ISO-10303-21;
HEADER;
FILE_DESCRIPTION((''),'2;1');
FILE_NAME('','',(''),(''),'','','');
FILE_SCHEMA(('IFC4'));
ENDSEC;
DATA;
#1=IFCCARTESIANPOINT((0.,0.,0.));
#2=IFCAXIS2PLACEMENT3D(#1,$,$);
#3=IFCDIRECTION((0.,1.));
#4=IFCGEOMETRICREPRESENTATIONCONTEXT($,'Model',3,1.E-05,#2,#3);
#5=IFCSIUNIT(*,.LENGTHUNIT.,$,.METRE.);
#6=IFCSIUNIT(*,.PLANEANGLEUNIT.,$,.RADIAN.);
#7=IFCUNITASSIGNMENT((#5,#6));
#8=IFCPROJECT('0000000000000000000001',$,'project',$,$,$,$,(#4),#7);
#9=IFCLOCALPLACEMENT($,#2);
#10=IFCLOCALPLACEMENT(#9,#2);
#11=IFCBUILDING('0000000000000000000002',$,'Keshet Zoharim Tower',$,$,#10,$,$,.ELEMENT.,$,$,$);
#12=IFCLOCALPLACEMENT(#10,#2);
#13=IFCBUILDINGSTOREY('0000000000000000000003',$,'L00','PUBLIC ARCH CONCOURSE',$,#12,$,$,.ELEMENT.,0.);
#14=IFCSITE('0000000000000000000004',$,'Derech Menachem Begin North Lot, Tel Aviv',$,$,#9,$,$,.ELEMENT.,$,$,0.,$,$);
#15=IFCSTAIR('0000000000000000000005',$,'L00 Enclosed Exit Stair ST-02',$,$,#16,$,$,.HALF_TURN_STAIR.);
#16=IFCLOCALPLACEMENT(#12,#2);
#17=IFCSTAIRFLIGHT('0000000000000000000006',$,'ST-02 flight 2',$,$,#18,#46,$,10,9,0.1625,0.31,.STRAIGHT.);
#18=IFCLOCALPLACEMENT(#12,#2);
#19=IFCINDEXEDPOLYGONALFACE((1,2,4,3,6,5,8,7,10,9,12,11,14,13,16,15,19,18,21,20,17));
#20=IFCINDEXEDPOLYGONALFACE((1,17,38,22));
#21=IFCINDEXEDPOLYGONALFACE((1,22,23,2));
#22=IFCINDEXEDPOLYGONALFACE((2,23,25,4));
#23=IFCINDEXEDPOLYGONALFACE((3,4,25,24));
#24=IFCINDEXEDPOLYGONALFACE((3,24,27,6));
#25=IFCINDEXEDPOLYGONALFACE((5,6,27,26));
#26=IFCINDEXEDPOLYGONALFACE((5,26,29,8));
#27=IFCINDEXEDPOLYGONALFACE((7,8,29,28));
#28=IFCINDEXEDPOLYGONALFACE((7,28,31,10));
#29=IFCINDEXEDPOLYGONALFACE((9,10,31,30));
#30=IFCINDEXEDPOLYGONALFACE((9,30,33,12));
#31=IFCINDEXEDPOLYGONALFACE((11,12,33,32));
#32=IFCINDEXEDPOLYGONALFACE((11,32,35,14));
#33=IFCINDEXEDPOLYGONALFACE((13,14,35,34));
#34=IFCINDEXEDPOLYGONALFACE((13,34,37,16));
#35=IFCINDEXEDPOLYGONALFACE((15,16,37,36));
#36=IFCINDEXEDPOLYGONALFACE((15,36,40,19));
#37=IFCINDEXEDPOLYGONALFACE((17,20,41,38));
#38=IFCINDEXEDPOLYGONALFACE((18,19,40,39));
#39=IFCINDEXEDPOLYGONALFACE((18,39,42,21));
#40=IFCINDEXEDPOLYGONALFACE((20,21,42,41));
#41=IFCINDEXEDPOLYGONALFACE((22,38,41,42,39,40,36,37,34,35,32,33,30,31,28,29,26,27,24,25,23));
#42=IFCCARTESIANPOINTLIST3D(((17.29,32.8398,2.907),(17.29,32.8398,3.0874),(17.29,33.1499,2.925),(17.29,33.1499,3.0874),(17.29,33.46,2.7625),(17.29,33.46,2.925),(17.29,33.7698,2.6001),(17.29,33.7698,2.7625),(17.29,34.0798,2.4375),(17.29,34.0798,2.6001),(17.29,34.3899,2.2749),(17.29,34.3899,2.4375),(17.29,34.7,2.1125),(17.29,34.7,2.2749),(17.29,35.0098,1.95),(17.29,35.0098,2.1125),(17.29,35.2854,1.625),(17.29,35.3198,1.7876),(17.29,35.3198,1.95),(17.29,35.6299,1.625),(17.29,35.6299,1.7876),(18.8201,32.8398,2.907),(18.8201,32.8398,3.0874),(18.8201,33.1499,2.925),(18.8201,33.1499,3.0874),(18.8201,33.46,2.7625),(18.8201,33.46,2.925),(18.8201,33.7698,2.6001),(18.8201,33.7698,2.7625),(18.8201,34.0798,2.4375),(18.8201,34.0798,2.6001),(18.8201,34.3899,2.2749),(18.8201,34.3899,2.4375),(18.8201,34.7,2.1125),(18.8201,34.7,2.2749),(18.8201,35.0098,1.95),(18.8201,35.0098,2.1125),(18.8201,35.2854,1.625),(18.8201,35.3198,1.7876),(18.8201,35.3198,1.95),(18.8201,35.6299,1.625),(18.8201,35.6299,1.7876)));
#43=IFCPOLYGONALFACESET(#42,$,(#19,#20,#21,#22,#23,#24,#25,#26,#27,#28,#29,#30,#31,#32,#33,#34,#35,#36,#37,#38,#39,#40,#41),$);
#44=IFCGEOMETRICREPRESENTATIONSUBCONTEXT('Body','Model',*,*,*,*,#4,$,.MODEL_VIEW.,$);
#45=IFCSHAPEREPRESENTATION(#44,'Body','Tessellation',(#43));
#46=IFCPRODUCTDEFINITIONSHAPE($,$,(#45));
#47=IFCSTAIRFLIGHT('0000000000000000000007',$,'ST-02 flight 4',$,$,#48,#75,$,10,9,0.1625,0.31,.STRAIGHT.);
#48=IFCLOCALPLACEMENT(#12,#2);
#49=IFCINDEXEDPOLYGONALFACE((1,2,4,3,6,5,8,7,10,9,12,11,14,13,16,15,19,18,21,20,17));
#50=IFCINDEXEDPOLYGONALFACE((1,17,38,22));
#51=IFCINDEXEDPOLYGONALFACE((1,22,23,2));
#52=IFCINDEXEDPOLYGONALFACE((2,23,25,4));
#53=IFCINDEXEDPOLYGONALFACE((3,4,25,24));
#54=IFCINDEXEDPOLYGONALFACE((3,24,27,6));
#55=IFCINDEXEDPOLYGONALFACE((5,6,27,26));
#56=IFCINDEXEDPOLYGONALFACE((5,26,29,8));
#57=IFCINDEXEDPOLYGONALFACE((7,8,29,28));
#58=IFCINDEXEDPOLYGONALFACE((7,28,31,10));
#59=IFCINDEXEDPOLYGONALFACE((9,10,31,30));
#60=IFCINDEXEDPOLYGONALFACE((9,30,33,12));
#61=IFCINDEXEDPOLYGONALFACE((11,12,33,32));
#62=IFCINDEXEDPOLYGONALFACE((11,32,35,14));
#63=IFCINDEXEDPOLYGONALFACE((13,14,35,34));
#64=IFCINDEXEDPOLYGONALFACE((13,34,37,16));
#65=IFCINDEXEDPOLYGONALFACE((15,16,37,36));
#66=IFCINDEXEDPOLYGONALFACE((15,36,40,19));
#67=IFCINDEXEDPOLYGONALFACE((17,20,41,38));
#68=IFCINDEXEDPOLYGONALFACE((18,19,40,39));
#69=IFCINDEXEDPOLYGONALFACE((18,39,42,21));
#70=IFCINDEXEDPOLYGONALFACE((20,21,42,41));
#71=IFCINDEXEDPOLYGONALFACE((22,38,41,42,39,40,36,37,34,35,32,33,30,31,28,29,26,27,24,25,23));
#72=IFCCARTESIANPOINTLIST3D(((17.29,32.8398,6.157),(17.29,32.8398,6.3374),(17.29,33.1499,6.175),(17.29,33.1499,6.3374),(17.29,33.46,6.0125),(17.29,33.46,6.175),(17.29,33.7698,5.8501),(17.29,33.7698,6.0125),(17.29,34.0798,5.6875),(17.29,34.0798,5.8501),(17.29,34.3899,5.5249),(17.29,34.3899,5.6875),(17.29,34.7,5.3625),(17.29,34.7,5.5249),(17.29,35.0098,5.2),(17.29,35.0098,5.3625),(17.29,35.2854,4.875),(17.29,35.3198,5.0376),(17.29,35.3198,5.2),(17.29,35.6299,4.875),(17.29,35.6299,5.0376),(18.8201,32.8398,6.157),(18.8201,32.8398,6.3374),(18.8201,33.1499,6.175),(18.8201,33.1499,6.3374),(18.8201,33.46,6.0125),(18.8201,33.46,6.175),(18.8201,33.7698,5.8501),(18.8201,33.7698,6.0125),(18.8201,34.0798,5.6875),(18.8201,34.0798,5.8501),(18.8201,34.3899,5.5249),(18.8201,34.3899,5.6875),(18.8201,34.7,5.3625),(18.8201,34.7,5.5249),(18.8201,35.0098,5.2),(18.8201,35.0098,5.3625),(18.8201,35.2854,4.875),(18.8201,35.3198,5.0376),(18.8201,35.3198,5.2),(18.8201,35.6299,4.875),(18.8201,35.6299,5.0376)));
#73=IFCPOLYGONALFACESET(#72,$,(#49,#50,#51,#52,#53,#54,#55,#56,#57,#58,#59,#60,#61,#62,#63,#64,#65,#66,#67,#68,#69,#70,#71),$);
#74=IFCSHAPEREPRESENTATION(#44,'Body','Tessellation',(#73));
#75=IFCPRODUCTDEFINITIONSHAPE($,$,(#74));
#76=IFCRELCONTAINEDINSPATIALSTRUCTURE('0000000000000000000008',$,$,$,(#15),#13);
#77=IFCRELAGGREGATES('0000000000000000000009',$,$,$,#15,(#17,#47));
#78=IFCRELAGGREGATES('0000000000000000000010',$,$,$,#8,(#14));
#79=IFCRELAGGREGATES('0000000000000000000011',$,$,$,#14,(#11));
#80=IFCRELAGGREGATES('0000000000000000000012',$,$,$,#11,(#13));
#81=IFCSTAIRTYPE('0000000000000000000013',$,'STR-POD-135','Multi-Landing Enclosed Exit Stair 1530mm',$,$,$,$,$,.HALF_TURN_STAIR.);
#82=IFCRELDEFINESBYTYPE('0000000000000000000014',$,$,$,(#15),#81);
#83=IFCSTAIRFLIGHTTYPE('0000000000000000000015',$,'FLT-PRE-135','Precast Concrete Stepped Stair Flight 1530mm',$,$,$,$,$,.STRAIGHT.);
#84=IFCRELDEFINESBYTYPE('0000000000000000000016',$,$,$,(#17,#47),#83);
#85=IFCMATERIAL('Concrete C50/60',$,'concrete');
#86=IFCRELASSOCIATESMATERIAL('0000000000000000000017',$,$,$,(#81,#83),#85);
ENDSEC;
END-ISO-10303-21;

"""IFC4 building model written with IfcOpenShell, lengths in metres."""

from ifc_helpers import new_model, si_unit, direction, frame, origin, place, context, subcontext, project, spatial, polyline, outline, extrude, material, type_object, element, aggregate, save


model = new_model("IFC4")

# Units and contexts
model_context = context("Model", 3, precision=1e-05, world=origin(), true_north=direction((0.0, 1.0)))
body_context = subcontext(model_context, "Body", "Model", "MODEL_VIEW")
ifc_project = project(units=[si_unit("LENGTHUNIT", "METRE"), si_unit("PLANEANGLEUNIT", "RADIAN")], contexts=[model_context])

# Site, building, storey
site_placement = place(None, origin())
site = spatial("IfcSite", under=ifc_project, at=site_placement, Name="Derech Menachem Begin North Lot, Tel Aviv", CompositionType="ELEMENT", RefElevation=0.0)
building_placement = place(site_placement, origin())
building = spatial("IfcBuilding", under=site, at=building_placement, Name="Keshet Zoharim Tower", CompositionType="ELEMENT")
storey_placement = place(building_placement, origin())
storey = spatial("IfcBuildingStorey", under=building, at=storey_placement, Name="L00", Description="PUBLIC ARCH CONCOURSE", CompositionType="ELEMENT", Elevation=0.0)

# Shared definitions
ifc_material_1 = material(Name="Concrete C50/60", Category="concrete")

# Stair, stair flights
stair_type = type_object("IfcStairType", Name="STR-POD-135", Description="Multi-Landing Enclosed Exit Stair 1530mm", PredefinedType="HALF_TURN_STAIR", material=ifc_material_1)
stair_placement = place(storey_placement, origin())
stair = element("IfcStair", 1, at=stair_placement, inside=storey, type_object=stair_type, Name="L00 Enclosed Exit Stair ST-02", PredefinedType="HALF_TURN_STAIR")
stair_flight_type = type_object("IfcStairFlightType", Name="FLT-PRE-135", Description="Precast Concrete Stepped Stair Flight 1530mm", PredefinedType="STRAIGHT", material=ifc_material_1)
stair_flight_1_placement = place(storey_placement, frame((18.0549, 35.6299, 1.625), z_axis=(0.0, 0.0, 1.0), x_axis=(0.0, -1.0, 0.0)))
stair_flight_1 = element("IfcStairFlight", 2, at=stair_flight_1_placement, type_object=stair_flight_type, Name="ST-02 flight 2", NumberOfRisers=10, NumberOfTreads=9, PredefinedType="STRAIGHT", RiserHeight=0.1625, TreadLength=0.31, context=body_context, shape_type="SweptSolid", body=[
    extrude(outline(polyline([(0.0, 0.0), (0.0, 0.1626), (0.3101, 0.1626), (0.3101, 0.325), (0.6201, 0.325), (0.6201, 0.4875), (0.9299, 0.4875), (0.9299, 0.6499), (1.24, 0.6499), (1.24, 0.8125), (1.55, 0.8125), (1.55, 0.9751), (1.8601, 0.9751), (1.8601, 1.1375), (2.1699, 1.1375), (2.1699, 1.3), (2.48, 1.3), (2.48, 1.4624), (2.79, 1.4624), (2.79, 1.625), (2.79, 1.282), (0.3445, 0.0), (0.0, 0.0)])), frame((0.0, 0.7651, 0.0), z_axis=(0.0, -1.0, 0.0), x_axis=(1.0, 0.0, 0.0)), (0.0, 0.0, 1.0), 1.53),
])
stair_flight_2_placement = place(storey_placement, frame((18.0549, 35.6299, 4.875), z_axis=(0.0, 0.0, 1.0), x_axis=(0.0, -1.0, 0.0)))
stair_flight_2 = element("IfcStairFlight", 3, at=stair_flight_2_placement, type_object=stair_flight_type, Name="ST-02 flight 4", NumberOfRisers=10, NumberOfTreads=9, PredefinedType="STRAIGHT", RiserHeight=0.1625, TreadLength=0.31, context=body_context, shape_type="SweptSolid", body=[
    extrude(outline(polyline([(0.0, 0.0), (0.0, 0.1626), (0.3101, 0.1626), (0.3101, 0.325), (0.6201, 0.325), (0.6201, 0.4875), (0.9299, 0.4875), (0.9299, 0.6499), (1.24, 0.6499), (1.24, 0.8125), (1.55, 0.8125), (1.55, 0.9751), (1.8601, 0.9751), (1.8601, 1.1375), (2.1699, 1.1375), (2.1699, 1.3), (2.48, 1.3), (2.48, 1.4624), (2.79, 1.4624), (2.79, 1.625), (2.79, 1.282), (0.3445, 0.0), (0.0, 0.0)])), frame((0.0, 0.7651, 0.0), z_axis=(0.0, -1.0, 0.0), x_axis=(1.0, 0.0, 0.0)), (0.0, 0.0, 1.0), 1.53),
])
aggregate(stair, [stair_flight_1, stair_flight_2])

save(model, "model.ifc")
